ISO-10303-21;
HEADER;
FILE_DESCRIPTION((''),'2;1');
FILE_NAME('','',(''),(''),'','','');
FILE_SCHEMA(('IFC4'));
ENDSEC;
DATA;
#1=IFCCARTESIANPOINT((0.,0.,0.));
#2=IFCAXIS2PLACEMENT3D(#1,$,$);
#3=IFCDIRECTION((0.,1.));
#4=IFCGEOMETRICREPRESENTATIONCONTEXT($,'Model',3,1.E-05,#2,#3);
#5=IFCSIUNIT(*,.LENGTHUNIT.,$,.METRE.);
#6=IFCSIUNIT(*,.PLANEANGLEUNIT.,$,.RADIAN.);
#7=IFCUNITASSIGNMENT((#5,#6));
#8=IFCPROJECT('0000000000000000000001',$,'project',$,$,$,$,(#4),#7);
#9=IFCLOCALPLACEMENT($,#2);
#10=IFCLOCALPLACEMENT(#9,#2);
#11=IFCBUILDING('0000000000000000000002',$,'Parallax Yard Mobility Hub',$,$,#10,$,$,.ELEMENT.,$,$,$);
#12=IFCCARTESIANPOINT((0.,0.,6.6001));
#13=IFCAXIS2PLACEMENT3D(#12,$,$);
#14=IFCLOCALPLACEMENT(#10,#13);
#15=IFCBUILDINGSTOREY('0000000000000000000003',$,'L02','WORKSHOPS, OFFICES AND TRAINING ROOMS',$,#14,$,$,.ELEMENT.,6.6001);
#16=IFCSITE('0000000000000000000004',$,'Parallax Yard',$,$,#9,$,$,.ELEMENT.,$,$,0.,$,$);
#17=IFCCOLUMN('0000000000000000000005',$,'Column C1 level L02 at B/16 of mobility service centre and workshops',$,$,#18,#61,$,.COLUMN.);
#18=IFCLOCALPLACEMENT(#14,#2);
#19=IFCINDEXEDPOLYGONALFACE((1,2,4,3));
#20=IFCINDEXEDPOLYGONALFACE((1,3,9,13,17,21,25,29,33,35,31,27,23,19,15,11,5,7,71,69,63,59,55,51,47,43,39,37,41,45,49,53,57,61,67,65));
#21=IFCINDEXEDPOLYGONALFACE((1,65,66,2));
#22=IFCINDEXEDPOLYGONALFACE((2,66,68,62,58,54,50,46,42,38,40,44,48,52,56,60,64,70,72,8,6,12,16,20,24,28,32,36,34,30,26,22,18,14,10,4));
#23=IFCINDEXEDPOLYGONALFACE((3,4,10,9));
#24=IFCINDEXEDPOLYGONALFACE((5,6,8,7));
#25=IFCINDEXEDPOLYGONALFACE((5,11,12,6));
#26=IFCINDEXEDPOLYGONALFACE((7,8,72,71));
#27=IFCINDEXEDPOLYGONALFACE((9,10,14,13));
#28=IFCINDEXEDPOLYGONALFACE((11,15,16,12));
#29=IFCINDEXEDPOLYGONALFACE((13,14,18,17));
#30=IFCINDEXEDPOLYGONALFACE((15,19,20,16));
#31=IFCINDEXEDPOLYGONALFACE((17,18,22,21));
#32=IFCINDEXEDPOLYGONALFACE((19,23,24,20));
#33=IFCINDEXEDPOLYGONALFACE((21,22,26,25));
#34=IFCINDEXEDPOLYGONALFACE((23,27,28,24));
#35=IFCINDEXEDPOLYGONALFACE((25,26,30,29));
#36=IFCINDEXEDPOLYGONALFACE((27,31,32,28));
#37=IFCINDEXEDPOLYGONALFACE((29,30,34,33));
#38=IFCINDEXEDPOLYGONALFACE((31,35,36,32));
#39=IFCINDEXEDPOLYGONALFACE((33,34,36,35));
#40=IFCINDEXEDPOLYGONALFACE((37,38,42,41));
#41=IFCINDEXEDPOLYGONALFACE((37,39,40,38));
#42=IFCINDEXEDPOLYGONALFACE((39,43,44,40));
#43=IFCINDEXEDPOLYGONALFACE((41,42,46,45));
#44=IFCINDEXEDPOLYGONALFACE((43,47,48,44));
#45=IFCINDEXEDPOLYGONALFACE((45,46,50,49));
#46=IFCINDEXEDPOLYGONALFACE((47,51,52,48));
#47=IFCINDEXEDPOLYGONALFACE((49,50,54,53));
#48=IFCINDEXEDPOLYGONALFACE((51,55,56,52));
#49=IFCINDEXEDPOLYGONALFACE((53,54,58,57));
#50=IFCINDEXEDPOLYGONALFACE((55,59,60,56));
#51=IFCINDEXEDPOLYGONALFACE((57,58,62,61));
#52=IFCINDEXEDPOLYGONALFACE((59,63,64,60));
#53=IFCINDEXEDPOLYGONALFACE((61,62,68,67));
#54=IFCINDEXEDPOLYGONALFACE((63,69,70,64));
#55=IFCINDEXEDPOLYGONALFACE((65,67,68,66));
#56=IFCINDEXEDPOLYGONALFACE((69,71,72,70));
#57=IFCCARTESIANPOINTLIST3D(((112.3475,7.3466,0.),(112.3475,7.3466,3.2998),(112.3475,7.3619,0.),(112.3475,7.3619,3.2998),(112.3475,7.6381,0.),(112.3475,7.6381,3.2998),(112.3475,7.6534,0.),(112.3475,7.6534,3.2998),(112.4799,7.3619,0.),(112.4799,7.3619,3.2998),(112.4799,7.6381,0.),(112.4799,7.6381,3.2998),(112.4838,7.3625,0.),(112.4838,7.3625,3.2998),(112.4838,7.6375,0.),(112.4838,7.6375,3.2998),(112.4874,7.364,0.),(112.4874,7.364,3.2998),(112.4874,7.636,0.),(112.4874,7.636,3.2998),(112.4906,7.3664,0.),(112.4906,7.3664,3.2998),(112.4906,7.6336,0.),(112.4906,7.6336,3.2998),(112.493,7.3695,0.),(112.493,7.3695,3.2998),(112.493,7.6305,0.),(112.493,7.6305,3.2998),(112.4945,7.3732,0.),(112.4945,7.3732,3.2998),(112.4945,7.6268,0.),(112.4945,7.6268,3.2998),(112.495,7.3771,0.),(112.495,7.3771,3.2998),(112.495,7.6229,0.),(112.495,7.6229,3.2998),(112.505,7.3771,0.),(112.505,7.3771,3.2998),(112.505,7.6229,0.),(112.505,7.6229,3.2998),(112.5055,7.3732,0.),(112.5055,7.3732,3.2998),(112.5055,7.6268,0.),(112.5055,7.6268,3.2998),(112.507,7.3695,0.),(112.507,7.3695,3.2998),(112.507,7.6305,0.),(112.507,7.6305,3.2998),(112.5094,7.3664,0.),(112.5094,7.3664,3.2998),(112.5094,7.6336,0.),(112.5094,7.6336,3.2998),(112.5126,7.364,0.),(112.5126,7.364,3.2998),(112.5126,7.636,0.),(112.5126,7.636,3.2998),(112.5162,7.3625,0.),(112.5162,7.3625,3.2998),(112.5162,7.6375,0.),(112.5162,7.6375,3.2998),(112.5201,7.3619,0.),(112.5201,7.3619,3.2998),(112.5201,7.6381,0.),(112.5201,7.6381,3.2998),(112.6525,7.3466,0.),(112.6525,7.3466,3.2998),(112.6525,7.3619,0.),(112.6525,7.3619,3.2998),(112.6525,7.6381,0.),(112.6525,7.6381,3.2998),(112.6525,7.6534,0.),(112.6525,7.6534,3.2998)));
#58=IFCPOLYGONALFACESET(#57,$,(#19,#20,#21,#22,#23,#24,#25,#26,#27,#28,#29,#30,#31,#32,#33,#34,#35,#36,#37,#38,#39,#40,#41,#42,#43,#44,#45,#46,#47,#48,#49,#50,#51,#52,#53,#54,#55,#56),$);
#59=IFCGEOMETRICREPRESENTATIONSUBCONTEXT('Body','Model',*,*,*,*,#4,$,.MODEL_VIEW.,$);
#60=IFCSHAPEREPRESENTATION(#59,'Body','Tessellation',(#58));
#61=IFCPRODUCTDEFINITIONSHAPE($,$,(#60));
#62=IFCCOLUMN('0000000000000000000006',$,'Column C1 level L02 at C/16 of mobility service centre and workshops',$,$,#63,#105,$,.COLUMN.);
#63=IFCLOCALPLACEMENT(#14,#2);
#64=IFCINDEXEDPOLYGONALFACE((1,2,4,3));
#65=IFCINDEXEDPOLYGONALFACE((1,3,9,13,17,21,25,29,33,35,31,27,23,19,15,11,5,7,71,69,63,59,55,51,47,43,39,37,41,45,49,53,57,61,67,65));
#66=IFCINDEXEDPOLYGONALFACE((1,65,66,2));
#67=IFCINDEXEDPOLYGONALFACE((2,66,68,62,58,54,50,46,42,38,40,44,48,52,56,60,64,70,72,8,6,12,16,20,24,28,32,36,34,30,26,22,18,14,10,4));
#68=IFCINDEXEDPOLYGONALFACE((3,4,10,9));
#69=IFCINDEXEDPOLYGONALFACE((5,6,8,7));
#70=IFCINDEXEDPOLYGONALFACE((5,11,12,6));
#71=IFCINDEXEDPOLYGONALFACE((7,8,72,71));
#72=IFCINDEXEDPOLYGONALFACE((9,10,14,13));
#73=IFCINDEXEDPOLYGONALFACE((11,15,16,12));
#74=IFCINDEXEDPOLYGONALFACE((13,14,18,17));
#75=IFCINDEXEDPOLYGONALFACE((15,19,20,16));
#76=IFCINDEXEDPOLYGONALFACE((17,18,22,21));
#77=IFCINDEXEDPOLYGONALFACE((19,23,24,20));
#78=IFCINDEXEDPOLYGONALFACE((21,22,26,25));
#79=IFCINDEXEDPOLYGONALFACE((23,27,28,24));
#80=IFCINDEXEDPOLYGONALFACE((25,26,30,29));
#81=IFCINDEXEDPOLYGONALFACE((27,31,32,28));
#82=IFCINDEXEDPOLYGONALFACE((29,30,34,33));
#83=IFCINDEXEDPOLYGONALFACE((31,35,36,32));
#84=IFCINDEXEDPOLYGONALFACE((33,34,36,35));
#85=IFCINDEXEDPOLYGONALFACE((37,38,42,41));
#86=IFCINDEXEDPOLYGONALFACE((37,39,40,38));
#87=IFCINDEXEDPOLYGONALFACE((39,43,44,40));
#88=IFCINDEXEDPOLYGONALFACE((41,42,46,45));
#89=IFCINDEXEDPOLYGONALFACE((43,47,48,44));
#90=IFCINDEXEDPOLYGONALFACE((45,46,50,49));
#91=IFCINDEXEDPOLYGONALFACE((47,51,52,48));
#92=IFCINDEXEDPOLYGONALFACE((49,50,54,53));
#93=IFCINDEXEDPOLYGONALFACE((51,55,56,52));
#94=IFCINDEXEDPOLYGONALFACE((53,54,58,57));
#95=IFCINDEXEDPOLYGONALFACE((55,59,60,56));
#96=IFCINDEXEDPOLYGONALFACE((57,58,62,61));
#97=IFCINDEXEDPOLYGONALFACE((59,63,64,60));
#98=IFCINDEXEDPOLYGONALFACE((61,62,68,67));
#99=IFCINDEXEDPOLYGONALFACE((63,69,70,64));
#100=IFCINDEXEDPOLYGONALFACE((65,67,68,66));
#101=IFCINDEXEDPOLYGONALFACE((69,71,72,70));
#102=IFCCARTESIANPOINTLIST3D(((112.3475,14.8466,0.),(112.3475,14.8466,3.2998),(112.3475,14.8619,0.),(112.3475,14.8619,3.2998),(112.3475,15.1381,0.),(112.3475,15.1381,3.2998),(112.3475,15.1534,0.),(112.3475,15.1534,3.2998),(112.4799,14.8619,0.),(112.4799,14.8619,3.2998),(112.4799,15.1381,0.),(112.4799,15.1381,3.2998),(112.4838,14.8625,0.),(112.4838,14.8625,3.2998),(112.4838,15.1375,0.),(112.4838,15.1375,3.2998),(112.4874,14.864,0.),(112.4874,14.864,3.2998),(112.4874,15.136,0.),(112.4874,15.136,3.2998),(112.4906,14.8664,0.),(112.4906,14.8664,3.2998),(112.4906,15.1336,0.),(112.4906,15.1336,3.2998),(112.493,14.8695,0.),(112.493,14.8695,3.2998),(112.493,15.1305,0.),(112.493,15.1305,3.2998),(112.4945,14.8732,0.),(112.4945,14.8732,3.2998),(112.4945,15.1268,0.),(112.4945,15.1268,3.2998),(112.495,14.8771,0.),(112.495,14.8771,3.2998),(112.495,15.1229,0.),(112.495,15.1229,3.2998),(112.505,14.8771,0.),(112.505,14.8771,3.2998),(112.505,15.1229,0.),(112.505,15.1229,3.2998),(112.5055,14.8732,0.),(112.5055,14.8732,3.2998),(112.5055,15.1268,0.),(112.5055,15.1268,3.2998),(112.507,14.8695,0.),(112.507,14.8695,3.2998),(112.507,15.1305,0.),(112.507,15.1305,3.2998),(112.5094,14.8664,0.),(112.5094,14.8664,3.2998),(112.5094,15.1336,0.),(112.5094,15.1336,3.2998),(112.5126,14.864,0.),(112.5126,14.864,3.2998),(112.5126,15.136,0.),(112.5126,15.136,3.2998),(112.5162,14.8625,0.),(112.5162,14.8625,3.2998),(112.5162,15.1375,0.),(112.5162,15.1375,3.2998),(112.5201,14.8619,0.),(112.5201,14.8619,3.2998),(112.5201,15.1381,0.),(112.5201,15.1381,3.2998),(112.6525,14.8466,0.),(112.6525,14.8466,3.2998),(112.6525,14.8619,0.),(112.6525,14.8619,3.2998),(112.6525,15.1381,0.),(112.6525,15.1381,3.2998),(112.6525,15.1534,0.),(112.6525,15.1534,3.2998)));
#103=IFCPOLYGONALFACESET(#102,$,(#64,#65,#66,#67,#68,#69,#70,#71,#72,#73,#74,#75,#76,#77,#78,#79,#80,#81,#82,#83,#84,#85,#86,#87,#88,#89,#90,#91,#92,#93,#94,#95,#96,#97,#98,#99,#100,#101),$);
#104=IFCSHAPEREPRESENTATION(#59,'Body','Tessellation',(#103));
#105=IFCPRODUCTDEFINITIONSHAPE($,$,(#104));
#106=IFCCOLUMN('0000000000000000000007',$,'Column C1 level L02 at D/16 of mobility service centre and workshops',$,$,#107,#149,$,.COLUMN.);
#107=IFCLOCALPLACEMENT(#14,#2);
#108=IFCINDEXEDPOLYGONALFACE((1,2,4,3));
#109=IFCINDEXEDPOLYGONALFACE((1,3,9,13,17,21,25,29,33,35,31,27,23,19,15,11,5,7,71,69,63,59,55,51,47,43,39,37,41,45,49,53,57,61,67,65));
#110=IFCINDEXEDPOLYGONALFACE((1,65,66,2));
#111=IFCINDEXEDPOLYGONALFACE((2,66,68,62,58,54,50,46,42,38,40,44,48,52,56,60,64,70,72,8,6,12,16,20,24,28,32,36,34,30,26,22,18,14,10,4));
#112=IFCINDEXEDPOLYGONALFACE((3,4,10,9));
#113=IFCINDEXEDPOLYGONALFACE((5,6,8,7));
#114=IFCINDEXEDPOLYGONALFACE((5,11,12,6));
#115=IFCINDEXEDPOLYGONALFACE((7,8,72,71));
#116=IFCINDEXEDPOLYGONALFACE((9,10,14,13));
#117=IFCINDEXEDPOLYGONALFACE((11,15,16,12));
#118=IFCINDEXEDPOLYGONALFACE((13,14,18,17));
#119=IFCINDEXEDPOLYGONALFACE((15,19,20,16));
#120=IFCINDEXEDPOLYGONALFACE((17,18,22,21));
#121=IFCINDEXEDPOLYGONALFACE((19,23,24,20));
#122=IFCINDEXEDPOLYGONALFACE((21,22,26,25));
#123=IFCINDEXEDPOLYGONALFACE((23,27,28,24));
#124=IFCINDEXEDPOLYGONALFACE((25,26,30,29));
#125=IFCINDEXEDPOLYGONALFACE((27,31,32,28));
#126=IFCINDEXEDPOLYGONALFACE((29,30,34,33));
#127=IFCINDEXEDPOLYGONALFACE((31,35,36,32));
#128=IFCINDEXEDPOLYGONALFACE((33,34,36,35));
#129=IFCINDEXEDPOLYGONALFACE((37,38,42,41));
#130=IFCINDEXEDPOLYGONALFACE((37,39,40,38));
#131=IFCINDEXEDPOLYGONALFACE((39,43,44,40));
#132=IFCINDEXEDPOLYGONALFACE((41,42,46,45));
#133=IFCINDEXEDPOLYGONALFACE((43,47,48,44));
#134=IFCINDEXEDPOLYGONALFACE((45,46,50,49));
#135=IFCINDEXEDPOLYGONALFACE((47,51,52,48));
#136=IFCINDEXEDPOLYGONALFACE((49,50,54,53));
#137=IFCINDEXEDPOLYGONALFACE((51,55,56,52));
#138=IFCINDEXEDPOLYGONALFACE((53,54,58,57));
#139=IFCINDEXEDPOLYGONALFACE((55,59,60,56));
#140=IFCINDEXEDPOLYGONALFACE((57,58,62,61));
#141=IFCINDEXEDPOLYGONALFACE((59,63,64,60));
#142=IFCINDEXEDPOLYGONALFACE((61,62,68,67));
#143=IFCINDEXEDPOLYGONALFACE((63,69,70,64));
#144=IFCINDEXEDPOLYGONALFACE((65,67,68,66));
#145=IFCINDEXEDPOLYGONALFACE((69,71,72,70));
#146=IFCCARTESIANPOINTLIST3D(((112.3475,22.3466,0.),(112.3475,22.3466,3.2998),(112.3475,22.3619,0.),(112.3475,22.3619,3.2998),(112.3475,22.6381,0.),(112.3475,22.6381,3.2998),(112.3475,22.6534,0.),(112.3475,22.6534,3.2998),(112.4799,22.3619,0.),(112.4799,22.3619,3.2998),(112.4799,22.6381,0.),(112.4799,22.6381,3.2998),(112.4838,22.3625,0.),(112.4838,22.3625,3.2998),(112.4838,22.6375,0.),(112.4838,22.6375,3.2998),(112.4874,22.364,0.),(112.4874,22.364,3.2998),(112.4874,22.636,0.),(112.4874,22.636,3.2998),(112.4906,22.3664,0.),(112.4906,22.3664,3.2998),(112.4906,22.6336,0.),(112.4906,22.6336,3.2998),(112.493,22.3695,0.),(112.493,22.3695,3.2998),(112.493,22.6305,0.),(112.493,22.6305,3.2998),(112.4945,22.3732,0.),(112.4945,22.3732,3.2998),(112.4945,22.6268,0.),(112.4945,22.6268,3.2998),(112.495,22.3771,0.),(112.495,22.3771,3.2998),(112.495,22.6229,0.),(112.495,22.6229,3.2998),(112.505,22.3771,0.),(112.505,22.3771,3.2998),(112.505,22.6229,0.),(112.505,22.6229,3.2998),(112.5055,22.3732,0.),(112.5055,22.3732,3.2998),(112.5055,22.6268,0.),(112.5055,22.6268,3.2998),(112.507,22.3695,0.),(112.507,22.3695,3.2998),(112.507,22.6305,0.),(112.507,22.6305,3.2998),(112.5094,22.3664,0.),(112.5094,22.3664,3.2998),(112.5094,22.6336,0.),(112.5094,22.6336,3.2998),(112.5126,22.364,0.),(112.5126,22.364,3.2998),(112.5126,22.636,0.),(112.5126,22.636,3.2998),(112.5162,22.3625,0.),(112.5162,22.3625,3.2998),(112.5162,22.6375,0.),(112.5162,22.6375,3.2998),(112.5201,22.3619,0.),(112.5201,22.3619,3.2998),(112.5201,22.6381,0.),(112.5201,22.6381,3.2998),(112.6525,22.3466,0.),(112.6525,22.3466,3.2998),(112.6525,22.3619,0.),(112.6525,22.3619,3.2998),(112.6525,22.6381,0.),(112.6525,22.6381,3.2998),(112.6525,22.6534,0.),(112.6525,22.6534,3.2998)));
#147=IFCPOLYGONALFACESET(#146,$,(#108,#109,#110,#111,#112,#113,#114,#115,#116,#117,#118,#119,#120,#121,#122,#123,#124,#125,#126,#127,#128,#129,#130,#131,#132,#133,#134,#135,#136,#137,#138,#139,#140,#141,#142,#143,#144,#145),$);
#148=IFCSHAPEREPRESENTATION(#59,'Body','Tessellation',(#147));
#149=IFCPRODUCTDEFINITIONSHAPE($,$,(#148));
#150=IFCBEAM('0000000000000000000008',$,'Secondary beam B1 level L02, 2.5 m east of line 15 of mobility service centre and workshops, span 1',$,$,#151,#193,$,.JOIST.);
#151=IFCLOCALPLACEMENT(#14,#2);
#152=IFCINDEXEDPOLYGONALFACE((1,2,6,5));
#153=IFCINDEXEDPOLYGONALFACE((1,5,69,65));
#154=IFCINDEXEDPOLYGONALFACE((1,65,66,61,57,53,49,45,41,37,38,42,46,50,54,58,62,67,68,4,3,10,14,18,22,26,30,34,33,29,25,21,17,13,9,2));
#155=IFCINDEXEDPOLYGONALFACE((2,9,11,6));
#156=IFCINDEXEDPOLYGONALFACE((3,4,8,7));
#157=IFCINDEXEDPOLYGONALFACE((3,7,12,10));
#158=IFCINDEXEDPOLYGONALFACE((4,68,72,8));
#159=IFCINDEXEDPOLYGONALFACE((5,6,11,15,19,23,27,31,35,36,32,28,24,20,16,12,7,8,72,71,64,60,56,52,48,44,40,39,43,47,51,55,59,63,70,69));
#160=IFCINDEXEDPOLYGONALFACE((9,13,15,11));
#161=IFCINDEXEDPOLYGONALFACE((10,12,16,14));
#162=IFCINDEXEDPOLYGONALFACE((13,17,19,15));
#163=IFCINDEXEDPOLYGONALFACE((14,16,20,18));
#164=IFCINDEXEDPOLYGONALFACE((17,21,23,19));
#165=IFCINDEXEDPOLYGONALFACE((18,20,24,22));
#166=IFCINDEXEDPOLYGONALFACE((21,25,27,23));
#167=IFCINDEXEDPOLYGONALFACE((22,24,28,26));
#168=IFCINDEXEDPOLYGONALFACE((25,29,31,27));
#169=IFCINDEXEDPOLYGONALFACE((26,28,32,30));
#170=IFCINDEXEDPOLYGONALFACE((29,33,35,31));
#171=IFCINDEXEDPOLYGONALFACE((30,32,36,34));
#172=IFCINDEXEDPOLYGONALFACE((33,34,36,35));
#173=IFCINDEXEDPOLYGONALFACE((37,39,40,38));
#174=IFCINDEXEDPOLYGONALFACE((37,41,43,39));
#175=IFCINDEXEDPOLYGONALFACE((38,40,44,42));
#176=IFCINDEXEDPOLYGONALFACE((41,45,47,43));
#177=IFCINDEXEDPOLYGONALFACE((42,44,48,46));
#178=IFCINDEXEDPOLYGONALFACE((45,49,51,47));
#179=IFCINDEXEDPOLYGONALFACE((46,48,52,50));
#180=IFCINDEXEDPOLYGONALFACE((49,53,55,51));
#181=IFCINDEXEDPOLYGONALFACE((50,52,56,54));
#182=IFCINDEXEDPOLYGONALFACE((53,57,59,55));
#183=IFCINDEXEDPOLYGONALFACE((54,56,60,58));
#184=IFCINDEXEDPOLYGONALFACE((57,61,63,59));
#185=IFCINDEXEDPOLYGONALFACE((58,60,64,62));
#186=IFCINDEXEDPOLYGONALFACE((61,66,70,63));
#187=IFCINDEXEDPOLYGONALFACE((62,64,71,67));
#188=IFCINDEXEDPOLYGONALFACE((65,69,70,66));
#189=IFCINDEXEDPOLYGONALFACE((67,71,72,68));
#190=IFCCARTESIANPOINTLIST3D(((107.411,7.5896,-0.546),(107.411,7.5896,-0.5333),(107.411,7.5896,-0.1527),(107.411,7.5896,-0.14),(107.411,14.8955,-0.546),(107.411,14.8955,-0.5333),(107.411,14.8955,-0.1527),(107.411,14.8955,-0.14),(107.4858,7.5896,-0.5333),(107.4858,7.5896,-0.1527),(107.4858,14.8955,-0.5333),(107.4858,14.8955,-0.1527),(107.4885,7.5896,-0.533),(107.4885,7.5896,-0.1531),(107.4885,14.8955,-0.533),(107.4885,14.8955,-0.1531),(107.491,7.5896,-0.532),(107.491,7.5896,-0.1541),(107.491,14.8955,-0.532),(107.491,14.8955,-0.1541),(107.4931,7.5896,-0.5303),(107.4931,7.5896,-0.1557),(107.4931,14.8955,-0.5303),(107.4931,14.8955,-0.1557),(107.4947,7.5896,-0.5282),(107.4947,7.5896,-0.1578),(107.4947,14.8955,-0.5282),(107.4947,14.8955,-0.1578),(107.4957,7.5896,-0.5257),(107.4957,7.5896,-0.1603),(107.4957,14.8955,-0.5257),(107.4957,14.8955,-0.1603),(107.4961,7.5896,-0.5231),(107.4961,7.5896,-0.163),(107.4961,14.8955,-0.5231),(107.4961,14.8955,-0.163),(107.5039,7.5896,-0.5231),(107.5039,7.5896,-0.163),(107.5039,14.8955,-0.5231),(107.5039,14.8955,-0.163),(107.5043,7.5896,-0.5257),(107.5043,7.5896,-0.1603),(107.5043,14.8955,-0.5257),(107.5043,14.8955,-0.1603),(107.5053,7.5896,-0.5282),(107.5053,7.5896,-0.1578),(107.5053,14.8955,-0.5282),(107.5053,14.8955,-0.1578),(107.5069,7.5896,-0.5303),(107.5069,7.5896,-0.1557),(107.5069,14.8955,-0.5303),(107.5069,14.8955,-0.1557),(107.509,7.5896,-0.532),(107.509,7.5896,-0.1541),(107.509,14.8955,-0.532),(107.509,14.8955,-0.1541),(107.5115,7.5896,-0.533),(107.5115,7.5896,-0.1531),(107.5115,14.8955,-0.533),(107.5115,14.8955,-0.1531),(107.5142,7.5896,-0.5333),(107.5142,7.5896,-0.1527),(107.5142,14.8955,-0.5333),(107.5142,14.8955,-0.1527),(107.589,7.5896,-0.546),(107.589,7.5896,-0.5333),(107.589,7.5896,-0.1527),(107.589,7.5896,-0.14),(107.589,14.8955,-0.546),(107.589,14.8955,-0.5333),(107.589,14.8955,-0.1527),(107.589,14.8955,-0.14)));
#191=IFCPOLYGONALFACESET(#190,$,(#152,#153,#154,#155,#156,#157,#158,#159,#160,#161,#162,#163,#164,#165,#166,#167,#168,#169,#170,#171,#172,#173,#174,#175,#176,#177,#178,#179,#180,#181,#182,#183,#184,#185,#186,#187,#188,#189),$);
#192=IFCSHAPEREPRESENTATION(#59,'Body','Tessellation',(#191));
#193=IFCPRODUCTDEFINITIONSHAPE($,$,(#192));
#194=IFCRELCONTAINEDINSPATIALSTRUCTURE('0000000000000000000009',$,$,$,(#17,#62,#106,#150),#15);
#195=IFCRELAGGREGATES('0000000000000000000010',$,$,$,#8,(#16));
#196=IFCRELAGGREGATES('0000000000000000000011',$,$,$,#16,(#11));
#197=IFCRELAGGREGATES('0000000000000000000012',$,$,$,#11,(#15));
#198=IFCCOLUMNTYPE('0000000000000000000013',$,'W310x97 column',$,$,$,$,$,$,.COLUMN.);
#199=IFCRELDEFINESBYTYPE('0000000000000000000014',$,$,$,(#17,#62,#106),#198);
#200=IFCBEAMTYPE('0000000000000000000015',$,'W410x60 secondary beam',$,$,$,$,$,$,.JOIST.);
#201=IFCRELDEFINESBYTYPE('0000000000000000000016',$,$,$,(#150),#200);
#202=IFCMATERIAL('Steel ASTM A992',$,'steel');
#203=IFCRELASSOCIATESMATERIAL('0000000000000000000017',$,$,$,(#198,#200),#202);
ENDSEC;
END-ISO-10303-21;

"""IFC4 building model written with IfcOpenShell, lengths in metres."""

from ifc_helpers import new_model, si_unit, direction, frame, origin, origin_2d, place, context, subcontext, project, spatial, i_section, extrude, material, material_profile, profile_set, type_object, element, save


model = new_model("IFC4")

# Units and contexts
model_context = context("Model", 3, precision=1e-05, world=origin(), true_north=direction((0.0, 1.0)))
body_context = subcontext(model_context, "Body", "Model", "MODEL_VIEW")
ifc_project = project(units=[si_unit("LENGTHUNIT", "METRE"), si_unit("PLANEANGLEUNIT", "RADIAN")], contexts=[model_context])

# Site, building, storey
site_placement = place(None, origin())
site = spatial("IfcSite", under=ifc_project, at=site_placement, Name="Parallax Yard", CompositionType="ELEMENT", RefElevation=0.0)
building_placement = place(site_placement, origin())
building = spatial("IfcBuilding", under=site, at=building_placement, Name="Parallax Yard Mobility Hub", CompositionType="ELEMENT")
storey_placement = place(building_placement, frame((0.0, 0.0, 6.6001)))
storey = spatial("IfcBuildingStorey", under=building, at=storey_placement, Name="L02", Description="WORKSHOPS, OFFICES AND TRAINING ROOMS", CompositionType="ELEMENT", Elevation=6.6001)

# Columns
ifc_material_1 = material(Name="Steel ASTM A992", Category="steel")
ifc_material_profile_1 = material_profile(ifc_material_1, i_section(OverallWidth=0.3049, OverallDepth=0.3069, WebThickness=0.01, FlangeThickness=0.0154, FilletRadius=0.0151, at=origin_2d()), Name="W310x97")
ifc_profile_set_1 = profile_set([ifc_material_profile_1], Name="Steel ASTM A992")
column_type = type_object("IfcColumnType", Name="W310x97 column", PredefinedType="COLUMN", material=ifc_profile_set_1)
for number, where, z_axis, x_axis, name in (
    (1, (112.5, 7.5, 0.0), (0.0, 0.0, 1.0), (1.0, 0.0, 0.0), "Column C1 level L02 at B/16 of mobility service centre and workshops"),
    (2, (112.5, 15.0, 0.0), (0.0, 0.0, 1.0), (1.0, 0.0, 0.0), "Column C1 level L02 at C/16 of mobility service centre and workshops"),
    (3, (112.5, 22.5, 0.0), (0.0, 0.0, 1.0), (1.0, 0.0, 0.0), "Column C1 level L02 at D/16 of mobility service centre and workshops"),
):
    element("IfcColumn", number, at=place(storey_placement, frame(where, z_axis=z_axis, x_axis=x_axis)), inside=storey, type_object=column_type, Name=name, PredefinedType="COLUMN", context=body_context, shape_type="SweptSolid", body=[
        extrude(i_section(OverallWidth=0.3049, OverallDepth=0.3069, WebThickness=0.01, FlangeThickness=0.0154, FilletRadius=0.0151, at=origin_2d()), origin(), (0.0, 0.0, 1.0), 3.2998),
    ])

# Beam
ifc_material_profile_2 = material_profile(ifc_material_1, i_section(OverallWidth=0.178, OverallDepth=0.406, WebThickness=0.0078, FlangeThickness=0.0127, FilletRadius=0.0103, at=origin_2d()), Name="W410x60")
ifc_profile_set_2 = profile_set([ifc_material_profile_2], Name="Steel ASTM A992")
beam_type_1 = type_object("IfcBeamType", Name="W410x60 secondary beam", PredefinedType="JOIST", material=ifc_profile_set_2)
beam_1_placement = place(storey_placement, frame((107.5, 7.5896, -0.343), z_axis=(0.0, 1.0, 0.0), x_axis=(-1.0, 0.0, 0.0)))
element("IfcBeam", 4, at=beam_1_placement, inside=storey, type_object=beam_type_1, Name="Secondary beam B1 level L02, 2.5 m east of line 15 of mobility service centre and workshops, span 1", PredefinedType="JOIST", context=body_context, shape_type="SweptSolid", body=[
    extrude(i_section(OverallWidth=0.178, OverallDepth=0.406, WebThickness=0.0078, FlangeThickness=0.0127, FilletRadius=0.0103, at=origin_2d()), origin(), (0.0, 0.0, 1.0), 7.3059),
])

save(model, "model.ifc")
